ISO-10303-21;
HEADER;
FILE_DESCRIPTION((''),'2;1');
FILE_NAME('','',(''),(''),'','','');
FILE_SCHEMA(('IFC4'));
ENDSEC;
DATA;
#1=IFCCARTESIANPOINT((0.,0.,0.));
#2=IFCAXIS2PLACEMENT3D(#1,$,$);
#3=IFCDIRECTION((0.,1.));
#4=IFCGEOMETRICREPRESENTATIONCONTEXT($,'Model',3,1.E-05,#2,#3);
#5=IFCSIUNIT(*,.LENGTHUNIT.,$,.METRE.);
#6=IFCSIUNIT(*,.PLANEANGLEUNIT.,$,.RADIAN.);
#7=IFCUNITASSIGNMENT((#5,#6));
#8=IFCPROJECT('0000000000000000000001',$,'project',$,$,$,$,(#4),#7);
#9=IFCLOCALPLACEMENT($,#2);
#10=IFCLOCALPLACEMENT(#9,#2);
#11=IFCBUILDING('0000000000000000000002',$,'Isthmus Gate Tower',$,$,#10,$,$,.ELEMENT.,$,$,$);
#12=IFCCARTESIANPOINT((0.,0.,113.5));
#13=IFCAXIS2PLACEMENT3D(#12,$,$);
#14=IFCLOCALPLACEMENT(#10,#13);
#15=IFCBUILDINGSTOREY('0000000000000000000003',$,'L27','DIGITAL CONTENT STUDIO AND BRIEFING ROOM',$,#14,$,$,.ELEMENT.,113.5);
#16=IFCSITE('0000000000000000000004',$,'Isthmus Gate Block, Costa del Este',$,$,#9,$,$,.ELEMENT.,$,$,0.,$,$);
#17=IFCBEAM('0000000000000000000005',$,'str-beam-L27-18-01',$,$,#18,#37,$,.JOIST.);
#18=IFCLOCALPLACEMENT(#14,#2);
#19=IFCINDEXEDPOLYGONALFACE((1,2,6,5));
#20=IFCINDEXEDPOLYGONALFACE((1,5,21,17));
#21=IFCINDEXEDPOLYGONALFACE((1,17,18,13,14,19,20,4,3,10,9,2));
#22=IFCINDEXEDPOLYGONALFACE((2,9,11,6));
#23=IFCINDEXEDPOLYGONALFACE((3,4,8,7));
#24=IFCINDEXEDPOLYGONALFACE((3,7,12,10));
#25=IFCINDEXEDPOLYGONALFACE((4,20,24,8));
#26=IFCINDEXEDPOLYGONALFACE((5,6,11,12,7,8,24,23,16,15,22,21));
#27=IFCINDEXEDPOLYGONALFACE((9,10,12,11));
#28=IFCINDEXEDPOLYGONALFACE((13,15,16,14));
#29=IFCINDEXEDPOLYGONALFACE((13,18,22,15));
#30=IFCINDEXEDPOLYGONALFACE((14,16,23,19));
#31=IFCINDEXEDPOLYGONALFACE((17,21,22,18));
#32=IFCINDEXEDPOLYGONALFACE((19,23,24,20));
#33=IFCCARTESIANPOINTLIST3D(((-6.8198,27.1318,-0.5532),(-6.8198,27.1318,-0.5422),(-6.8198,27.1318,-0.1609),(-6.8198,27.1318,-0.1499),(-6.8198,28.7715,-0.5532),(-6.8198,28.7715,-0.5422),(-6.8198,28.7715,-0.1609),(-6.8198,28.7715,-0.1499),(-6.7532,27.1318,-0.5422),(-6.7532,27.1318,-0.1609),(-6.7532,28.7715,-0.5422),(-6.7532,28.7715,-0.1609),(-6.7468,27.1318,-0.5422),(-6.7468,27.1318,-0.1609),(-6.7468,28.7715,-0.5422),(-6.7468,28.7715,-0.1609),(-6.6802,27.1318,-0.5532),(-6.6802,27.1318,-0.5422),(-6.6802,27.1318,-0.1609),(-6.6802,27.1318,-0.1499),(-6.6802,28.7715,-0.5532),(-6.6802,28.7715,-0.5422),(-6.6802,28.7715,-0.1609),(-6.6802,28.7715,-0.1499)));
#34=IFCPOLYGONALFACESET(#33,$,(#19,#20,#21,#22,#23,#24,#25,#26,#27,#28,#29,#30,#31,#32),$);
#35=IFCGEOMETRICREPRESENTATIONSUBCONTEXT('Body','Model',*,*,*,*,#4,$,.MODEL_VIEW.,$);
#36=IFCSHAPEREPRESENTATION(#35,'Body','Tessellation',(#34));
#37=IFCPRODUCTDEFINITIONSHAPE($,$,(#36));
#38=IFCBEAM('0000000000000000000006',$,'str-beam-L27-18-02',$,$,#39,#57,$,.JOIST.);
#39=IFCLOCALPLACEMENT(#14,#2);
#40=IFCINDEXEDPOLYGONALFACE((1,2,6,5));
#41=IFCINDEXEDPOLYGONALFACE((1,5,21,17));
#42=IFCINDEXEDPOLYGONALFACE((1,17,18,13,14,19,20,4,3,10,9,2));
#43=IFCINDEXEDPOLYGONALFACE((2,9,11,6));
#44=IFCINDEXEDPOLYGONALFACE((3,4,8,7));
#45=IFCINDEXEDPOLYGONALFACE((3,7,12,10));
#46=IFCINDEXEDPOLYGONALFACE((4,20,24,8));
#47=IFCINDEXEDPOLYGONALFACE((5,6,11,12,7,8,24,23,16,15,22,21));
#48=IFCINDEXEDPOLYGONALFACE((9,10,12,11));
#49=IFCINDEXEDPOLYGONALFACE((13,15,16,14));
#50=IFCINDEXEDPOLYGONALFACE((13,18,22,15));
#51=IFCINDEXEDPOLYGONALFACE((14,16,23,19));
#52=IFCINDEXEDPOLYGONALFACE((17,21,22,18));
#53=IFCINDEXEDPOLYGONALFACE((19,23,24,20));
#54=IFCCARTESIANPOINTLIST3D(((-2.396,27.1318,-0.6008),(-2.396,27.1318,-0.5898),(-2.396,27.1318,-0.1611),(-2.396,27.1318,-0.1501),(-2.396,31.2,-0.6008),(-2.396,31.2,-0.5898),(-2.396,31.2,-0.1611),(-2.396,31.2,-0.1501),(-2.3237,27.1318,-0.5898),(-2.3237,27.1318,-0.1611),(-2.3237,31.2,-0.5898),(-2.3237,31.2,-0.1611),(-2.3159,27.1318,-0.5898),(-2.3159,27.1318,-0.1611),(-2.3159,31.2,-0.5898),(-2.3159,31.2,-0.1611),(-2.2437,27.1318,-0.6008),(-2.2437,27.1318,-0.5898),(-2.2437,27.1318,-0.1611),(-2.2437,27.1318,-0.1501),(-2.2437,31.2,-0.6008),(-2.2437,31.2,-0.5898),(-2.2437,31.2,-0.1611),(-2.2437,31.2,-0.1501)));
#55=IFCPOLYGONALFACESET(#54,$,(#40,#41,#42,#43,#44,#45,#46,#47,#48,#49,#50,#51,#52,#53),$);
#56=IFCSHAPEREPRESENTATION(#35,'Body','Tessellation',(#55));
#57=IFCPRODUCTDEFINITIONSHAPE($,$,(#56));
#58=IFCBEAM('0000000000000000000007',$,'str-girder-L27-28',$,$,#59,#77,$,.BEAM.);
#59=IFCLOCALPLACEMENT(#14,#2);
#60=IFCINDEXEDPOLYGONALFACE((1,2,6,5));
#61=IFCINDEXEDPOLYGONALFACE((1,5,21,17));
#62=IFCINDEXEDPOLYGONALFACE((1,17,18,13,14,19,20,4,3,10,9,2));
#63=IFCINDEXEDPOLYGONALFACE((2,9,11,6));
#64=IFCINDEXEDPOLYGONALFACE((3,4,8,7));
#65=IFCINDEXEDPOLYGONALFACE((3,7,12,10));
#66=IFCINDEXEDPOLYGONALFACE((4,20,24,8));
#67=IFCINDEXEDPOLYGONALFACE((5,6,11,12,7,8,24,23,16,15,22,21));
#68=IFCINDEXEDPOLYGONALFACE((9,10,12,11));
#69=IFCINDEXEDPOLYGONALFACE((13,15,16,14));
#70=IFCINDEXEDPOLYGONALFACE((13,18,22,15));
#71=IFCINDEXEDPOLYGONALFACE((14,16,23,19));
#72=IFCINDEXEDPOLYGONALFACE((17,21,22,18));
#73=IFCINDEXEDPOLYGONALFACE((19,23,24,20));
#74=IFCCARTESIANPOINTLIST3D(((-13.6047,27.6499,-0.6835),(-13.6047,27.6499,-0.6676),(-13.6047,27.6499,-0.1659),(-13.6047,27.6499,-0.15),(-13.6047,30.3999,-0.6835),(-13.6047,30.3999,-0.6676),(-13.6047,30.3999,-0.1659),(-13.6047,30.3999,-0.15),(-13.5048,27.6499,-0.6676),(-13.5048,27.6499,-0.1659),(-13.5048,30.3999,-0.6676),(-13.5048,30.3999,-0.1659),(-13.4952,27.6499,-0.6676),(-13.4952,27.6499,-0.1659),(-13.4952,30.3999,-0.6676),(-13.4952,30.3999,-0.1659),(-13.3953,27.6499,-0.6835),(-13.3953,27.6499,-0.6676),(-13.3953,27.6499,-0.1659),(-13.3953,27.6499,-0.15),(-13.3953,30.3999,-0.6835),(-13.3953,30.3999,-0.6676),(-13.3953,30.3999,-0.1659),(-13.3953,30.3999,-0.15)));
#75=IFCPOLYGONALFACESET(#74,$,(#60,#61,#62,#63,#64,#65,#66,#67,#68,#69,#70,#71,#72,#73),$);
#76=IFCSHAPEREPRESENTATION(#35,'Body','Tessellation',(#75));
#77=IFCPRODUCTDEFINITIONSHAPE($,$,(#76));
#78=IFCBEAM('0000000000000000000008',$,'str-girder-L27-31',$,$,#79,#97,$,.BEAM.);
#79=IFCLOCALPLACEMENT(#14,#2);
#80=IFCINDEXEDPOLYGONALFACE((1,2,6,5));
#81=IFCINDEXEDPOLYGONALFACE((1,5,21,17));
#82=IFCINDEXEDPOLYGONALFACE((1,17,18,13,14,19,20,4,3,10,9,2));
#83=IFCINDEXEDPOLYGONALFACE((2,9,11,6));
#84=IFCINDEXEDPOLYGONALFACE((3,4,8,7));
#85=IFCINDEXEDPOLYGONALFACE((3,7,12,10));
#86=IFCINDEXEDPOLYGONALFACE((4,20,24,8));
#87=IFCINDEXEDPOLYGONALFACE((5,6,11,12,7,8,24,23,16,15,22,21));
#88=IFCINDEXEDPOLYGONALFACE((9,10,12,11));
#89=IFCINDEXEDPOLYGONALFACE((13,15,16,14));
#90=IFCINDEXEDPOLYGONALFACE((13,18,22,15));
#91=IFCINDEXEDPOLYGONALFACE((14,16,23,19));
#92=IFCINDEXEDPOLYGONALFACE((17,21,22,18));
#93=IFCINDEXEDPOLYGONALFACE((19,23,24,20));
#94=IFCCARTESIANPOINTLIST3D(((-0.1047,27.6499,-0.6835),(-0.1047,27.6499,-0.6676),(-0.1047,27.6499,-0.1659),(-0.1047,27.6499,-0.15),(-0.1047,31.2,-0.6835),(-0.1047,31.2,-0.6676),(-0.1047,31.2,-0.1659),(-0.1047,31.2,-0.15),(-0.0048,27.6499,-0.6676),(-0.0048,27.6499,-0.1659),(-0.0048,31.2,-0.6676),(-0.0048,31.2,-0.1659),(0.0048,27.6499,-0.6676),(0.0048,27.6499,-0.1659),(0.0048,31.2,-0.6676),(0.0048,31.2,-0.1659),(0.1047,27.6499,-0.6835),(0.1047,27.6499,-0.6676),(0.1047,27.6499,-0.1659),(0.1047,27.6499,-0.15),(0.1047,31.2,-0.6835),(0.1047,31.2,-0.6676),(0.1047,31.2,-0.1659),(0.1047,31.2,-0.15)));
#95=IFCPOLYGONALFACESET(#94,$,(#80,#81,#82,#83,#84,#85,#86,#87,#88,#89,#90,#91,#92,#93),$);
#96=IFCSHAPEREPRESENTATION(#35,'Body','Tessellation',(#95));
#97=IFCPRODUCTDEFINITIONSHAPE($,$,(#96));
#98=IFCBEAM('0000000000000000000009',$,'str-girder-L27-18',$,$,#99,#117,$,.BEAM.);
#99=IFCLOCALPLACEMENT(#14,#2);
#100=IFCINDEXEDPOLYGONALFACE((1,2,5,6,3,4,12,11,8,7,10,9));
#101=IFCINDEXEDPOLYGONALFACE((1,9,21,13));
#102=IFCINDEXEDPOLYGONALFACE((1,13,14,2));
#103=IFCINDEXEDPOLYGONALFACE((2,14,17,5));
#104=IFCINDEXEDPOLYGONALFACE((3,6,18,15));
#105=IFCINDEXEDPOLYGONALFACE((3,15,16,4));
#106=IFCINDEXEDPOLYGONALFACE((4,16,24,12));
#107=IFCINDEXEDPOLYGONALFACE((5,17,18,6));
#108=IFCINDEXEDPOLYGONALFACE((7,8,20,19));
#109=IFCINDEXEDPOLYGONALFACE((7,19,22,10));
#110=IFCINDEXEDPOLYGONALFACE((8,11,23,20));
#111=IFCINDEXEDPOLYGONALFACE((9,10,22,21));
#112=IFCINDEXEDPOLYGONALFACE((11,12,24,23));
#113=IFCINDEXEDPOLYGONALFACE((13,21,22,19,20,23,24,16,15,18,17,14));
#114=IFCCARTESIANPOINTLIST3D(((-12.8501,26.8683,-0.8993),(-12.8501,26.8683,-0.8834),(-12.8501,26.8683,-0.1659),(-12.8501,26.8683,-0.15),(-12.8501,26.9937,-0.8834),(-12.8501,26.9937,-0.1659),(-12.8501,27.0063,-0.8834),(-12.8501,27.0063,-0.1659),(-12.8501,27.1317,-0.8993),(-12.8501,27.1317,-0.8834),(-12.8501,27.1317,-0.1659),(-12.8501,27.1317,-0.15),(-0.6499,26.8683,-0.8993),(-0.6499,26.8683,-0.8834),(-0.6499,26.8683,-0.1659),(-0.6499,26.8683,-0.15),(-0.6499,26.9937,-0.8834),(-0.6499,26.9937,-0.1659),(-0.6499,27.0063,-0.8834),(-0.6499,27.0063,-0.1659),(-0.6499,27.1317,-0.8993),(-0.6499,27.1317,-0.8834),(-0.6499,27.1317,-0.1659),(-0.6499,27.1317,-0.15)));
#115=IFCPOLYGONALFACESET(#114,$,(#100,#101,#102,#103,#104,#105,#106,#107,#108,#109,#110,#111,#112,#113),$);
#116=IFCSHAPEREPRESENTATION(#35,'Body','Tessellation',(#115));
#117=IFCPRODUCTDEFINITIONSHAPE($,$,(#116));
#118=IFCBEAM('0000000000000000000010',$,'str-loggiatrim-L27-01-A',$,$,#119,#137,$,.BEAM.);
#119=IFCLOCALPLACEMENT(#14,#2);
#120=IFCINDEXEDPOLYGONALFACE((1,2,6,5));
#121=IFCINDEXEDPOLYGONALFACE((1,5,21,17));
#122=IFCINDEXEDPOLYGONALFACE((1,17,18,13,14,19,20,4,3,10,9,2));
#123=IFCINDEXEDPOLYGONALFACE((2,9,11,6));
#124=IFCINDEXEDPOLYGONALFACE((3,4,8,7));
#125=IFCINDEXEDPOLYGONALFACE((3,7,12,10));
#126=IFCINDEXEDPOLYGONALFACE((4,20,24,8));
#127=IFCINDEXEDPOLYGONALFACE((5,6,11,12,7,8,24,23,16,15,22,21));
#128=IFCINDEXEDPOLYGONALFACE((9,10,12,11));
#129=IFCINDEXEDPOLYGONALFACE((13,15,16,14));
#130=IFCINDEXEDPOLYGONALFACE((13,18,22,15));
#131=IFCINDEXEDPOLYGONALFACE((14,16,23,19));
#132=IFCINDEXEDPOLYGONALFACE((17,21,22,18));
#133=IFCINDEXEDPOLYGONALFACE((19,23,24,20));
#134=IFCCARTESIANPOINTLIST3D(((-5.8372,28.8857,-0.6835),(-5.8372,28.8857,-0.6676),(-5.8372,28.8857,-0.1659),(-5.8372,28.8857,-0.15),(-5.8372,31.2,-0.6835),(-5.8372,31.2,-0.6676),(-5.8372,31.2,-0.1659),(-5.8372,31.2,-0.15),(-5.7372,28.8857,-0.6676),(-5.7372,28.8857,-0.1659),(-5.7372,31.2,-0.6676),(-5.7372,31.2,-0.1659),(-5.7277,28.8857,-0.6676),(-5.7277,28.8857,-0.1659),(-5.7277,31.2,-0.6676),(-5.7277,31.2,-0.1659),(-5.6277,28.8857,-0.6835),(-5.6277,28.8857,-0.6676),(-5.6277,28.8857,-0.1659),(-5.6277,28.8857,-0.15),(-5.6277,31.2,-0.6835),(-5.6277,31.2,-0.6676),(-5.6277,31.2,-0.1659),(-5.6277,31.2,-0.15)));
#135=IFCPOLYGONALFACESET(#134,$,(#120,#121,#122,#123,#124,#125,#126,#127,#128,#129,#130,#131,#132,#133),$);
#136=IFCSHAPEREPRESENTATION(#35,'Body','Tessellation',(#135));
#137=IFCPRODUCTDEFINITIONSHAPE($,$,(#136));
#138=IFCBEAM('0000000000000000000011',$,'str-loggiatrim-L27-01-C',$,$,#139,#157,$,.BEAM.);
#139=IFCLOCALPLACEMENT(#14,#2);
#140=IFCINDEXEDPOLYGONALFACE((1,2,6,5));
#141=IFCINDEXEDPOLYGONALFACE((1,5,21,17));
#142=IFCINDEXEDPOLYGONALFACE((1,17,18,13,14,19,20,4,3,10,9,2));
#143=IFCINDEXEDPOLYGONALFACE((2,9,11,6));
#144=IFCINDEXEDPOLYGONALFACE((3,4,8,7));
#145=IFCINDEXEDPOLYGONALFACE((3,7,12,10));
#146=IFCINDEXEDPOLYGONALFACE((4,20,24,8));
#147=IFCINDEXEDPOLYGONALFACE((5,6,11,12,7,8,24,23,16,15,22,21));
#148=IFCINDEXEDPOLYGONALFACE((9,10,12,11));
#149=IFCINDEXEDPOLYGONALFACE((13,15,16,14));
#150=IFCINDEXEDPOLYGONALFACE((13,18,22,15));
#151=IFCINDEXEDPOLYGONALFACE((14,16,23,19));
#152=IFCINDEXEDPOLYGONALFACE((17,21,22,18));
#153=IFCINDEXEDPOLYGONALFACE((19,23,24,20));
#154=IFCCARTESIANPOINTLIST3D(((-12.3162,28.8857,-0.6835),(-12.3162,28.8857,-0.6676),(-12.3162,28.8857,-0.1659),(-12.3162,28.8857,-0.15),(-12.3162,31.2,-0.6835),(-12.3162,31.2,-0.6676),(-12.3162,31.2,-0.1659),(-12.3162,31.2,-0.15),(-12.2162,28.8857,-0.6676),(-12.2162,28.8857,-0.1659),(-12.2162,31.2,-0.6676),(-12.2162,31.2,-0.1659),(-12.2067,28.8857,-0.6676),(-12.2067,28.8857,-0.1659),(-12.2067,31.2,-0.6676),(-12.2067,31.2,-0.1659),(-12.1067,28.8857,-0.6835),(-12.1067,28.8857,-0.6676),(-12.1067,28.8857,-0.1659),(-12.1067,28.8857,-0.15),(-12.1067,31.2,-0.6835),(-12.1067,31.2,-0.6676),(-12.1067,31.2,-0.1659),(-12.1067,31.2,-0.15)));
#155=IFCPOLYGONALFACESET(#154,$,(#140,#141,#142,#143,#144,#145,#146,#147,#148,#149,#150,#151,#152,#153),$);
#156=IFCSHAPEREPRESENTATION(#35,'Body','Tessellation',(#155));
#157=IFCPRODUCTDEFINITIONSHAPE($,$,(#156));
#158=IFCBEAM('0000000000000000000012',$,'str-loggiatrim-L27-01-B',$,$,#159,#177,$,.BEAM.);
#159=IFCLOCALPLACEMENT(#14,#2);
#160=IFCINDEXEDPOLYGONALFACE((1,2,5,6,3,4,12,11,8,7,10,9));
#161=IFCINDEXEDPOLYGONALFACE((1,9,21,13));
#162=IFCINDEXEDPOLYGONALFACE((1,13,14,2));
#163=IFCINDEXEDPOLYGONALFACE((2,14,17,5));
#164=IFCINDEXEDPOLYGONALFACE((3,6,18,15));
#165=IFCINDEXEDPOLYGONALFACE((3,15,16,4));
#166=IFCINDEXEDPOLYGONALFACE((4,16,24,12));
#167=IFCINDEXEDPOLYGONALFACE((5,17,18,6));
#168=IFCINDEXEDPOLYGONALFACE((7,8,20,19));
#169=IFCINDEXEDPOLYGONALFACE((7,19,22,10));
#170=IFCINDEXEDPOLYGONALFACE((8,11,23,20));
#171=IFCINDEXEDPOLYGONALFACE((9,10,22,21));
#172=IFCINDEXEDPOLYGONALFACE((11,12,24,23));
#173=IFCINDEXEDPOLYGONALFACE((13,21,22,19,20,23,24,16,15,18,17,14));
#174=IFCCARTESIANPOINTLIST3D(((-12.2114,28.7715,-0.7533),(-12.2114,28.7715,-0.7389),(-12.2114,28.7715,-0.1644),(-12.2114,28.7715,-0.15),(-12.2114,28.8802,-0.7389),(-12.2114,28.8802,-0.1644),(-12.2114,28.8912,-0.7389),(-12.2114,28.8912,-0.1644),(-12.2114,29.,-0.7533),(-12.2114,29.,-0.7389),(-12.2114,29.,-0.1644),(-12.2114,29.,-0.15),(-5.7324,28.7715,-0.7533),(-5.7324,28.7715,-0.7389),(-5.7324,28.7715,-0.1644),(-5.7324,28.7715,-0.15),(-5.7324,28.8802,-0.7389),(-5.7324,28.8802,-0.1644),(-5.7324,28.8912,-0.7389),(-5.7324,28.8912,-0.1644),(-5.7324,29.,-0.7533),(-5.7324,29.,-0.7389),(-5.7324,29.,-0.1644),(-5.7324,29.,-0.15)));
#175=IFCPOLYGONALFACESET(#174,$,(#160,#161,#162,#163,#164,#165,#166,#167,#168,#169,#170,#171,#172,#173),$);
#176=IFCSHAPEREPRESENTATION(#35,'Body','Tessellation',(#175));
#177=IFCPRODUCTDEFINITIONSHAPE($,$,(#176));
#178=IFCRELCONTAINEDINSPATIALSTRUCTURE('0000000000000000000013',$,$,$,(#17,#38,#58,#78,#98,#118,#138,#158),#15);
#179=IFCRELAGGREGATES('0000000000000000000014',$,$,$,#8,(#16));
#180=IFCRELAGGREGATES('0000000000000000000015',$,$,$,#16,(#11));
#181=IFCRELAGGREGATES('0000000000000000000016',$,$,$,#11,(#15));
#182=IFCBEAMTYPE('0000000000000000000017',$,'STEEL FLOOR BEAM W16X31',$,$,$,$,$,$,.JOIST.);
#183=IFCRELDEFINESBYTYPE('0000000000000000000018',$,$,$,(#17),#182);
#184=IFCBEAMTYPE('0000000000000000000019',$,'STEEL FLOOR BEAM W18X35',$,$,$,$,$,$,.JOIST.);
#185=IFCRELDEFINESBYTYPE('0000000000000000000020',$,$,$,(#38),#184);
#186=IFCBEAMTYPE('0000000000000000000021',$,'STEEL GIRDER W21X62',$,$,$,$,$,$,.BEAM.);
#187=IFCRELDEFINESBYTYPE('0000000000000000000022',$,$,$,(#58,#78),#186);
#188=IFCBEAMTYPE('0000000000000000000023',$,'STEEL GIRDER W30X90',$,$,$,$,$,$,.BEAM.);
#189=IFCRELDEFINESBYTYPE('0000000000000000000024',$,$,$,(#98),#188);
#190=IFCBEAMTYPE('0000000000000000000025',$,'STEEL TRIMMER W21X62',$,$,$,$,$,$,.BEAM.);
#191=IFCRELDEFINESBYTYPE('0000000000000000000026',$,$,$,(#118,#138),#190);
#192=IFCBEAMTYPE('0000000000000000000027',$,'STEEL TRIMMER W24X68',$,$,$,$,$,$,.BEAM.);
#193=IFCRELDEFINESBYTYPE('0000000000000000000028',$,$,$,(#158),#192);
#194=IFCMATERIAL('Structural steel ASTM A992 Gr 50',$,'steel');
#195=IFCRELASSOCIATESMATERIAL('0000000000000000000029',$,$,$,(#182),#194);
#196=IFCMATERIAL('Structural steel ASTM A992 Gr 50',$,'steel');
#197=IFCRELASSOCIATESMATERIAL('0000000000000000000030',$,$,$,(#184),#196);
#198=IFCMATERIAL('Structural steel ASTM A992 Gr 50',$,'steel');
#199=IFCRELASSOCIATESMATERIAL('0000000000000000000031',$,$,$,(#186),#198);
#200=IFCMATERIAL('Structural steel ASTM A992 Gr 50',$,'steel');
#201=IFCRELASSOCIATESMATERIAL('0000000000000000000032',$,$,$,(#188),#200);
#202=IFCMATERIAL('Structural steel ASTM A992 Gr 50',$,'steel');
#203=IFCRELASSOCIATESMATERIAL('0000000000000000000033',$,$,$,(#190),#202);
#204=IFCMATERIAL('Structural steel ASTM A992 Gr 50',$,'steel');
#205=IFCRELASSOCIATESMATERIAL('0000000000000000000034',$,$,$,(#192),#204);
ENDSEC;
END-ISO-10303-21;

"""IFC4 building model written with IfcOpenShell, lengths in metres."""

from ifc_helpers import new_model, si_unit, direction, frame, origin, origin_2d, place, context, subcontext, project, spatial, i_section, extrude, material, material_profile, profile_set, type_object, element, save


model = new_model("IFC4")

# Units and contexts
model_context = context("Model", 3, precision=1e-05, world=origin(), true_north=direction((0.0, 1.0)))
body_context = subcontext(model_context, "Body", "Model", "MODEL_VIEW")
ifc_project = project(units=[si_unit("LENGTHUNIT", "METRE"), si_unit("PLANEANGLEUNIT", "RADIAN")], contexts=[model_context])

# Site, building, storey
site_placement = place(None, origin())
site = spatial("IfcSite", under=ifc_project, at=site_placement, Name="Isthmus Gate Block, Costa del Este", CompositionType="ELEMENT", RefElevation=0.0)
building_placement = place(site_placement, origin())
building = spatial("IfcBuilding", under=site, at=building_placement, Name="Isthmus Gate Tower", CompositionType="ELEMENT")
storey_placement = place(building_placement, frame((0.0, 0.0, 113.5)))
storey = spatial("IfcBuildingStorey", under=building, at=storey_placement, Name="L27", Description="DIGITAL CONTENT STUDIO AND BRIEFING ROOM", CompositionType="ELEMENT", Elevation=113.5)

# Beams
ifc_material_1 = material(Name="Structural steel ASTM A992 Gr 50", Category="steel")
ifc_material_profile_1 = material_profile(ifc_material_1, i_section(OverallWidth=0.1396, OverallDepth=0.4033, WebThickness=0.0063, FlangeThickness=0.011, at=origin_2d()), Name="W16X31")
ifc_profile_set_1 = profile_set([ifc_material_profile_1], Name="Structural steel ASTM A992 Gr 50")
beam_type_1 = type_object("IfcBeamType", Name="STEEL FLOOR BEAM W16X31", PredefinedType="JOIST", material=ifc_profile_set_1)
for number, where, z_axis, x_axis, name in (
    (1, (-6.75, 27.1318, -0.3516), (0.0, 1.0, 0.0), (-1.0, 0.0, 0.0), "str-beam-L27-18-01"),
):
    element("IfcBeam", number, at=place(storey_placement, frame(where, z_axis=z_axis, x_axis=x_axis)), inside=storey, type_object=beam_type_1, Name=name, PredefinedType="JOIST", context=body_context, shape_type="SweptSolid", body=[
        extrude(i_section(OverallWidth=0.1396, OverallDepth=0.4033, WebThickness=0.0063, FlangeThickness=0.011, at=origin_2d()), origin(), (0.0, 0.0, 1.0), 1.6396),
    ])
ifc_material_2 = material(Name="Structural steel ASTM A992 Gr 50", Category="steel")
ifc_material_profile_2 = material_profile(ifc_material_2, i_section(OverallWidth=0.1523, OverallDepth=0.4507, WebThickness=0.0078, FlangeThickness=0.011, at=origin_2d()), Name="W18X35")
ifc_profile_set_2 = profile_set([ifc_material_profile_2], Name="Structural steel ASTM A992 Gr 50")
beam_type_2 = type_object("IfcBeamType", Name="STEEL FLOOR BEAM W18X35", PredefinedType="JOIST", material=ifc_profile_set_2)
beam_1_placement = place(storey_placement, frame((-2.3198, 27.1318, -0.3755), z_axis=(0.0, 1.0, 0.0), x_axis=(-1.0, 0.0, 0.0)))
element("IfcBeam", 2, at=beam_1_placement, inside=storey, type_object=beam_type_2, Name="str-beam-L27-18-02", PredefinedType="JOIST", context=body_context, shape_type="SweptSolid", body=[
    extrude(i_section(OverallWidth=0.1523, OverallDepth=0.4507, WebThickness=0.0078, FlangeThickness=0.011, at=origin_2d()), origin(), (0.0, 0.0, 1.0), 4.0681),
])
ifc_material_3 = material(Name="Structural steel ASTM A992 Gr 50", Category="steel")
ifc_material_profile_3 = material_profile(ifc_material_3, i_section(OverallWidth=0.2095, OverallDepth=0.5334, WebThickness=0.0095, FlangeThickness=0.0159, at=origin_2d()), Name="W21X62")
ifc_profile_set_3 = profile_set([ifc_material_profile_3], Name="Structural steel ASTM A992 Gr 50")
beam_type_3 = type_object("IfcBeamType", Name="STEEL GIRDER W21X62", PredefinedType="BEAM", material=ifc_profile_set_3)
beam_2_placement = place(storey_placement, frame((-13.5, 27.6499, -0.4167), z_axis=(0.0, 1.0, 0.0), x_axis=(-1.0, 0.0, 0.0)))
element("IfcBeam", 3, at=beam_2_placement, inside=storey, type_object=beam_type_3, Name="str-girder-L27-28", PredefinedType="BEAM", context=body_context, shape_type="SweptSolid", body=[
    extrude(i_section(OverallWidth=0.2095, OverallDepth=0.5334, WebThickness=0.0095, FlangeThickness=0.0159, at=origin_2d()), origin(), (0.0, 0.0, 1.0), 2.75),
])
beam_3_placement = place(storey_placement, frame((0.0, 27.6499, -0.4167), z_axis=(0.0, 1.0, 0.0), x_axis=(-1.0, 0.0, 0.0)))
element("IfcBeam", 4, at=beam_3_placement, inside=storey, type_object=beam_type_3, Name="str-girder-L27-31", PredefinedType="BEAM", context=body_context, shape_type="SweptSolid", body=[
    extrude(i_section(OverallWidth=0.2095, OverallDepth=0.5334, WebThickness=0.0095, FlangeThickness=0.0159, at=origin_2d()), origin(), (0.0, 0.0, 1.0), 3.55),
])
ifc_material_4 = material(Name="Structural steel ASTM A992 Gr 50", Category="steel")
ifc_material_profile_4 = material_profile(ifc_material_4, i_section(OverallWidth=0.2634, OverallDepth=0.7493, WebThickness=0.0127, FlangeThickness=0.0159, at=origin_2d()), Name="W30X90")
ifc_profile_set_4 = profile_set([ifc_material_profile_4], Name="Structural steel ASTM A992 Gr 50")
beam_type_4 = type_object("IfcBeamType", Name="STEEL GIRDER W30X90", PredefinedType="BEAM", material=ifc_profile_set_4)
beam_4_placement = place(storey_placement, frame((-12.8501, 27.0, -0.5247), z_axis=(1.0, 0.0, 0.0), x_axis=(0.0, 1.0, 0.0)))
element("IfcBeam", 5, at=beam_4_placement, inside=storey, type_object=beam_type_4, Name="str-girder-L27-18", PredefinedType="BEAM", context=body_context, shape_type="SweptSolid", body=[
    extrude(i_section(OverallWidth=0.2634, OverallDepth=0.7493, WebThickness=0.0127, FlangeThickness=0.0159, at=origin_2d()), origin(), (0.0, 0.0, 1.0), 12.2002),
])
ifc_material_5 = material(Name="Structural steel ASTM A992 Gr 50", Category="steel")
ifc_material_profile_5 = material_profile(ifc_material_5, i_section(OverallWidth=0.2095, OverallDepth=0.5334, WebThickness=0.0095, FlangeThickness=0.0159, at=origin_2d()), Name="W21X62")
ifc_profile_set_5 = profile_set([ifc_material_profile_5], Name="Structural steel ASTM A992 Gr 50")
beam_type_5 = type_object("IfcBeamType", Name="STEEL TRIMMER W21X62", PredefinedType="BEAM", material=ifc_profile_set_5)
for number, where, z_axis, x_axis, name in (
    (6, (-5.7324, 31.2, -0.4167), (0.0, -1.0, 0.0), (1.0, 0.0, 0.0), "str-loggiatrim-L27-01-A"),
    (7, (-12.2114, 31.2, -0.4167), (0.0, -1.0, 0.0), (1.0, 0.0, 0.0), "str-loggiatrim-L27-01-C"),
):
    element("IfcBeam", number, at=place(storey_placement, frame(where, z_axis=z_axis, x_axis=x_axis)), inside=storey, type_object=beam_type_5, Name=name, PredefinedType="BEAM", context=body_context, shape_type="SweptSolid", body=[
        extrude(i_section(OverallWidth=0.2095, OverallDepth=0.5334, WebThickness=0.0095, FlangeThickness=0.0159, at=origin_2d()), origin(), (0.0, 0.0, 1.0), 2.3142),
    ])
ifc_material_6 = material(Name="Structural steel ASTM A992 Gr 50", Category="steel")
ifc_material_profile_6 = material_profile(ifc_material_6, i_section(OverallWidth=0.2285, OverallDepth=0.6033, WebThickness=0.011, FlangeThickness=0.0144, at=origin_2d()), Name="W24X68")
ifc_profile_set_6 = profile_set([ifc_material_profile_6], Name="Structural steel ASTM A992 Gr 50")
beam_type_6 = type_object("IfcBeamType", Name="STEEL TRIMMER W24X68", PredefinedType="BEAM", material=ifc_profile_set_6)
beam_5_placement = place(storey_placement, frame((-5.7324, 28.8857, -0.4517), z_axis=(-1.0, 0.0, 0.0), x_axis=(0.0, -1.0, 0.0)))
element("IfcBeam", 8, at=beam_5_placement, inside=storey, type_object=beam_type_6, Name="str-loggiatrim-L27-01-B", PredefinedType="BEAM", context=body_context, shape_type="SweptSolid", body=[
    extrude(i_section(OverallWidth=0.2285, OverallDepth=0.6033, WebThickness=0.011, FlangeThickness=0.0144, at=origin_2d()), origin(), (0.0, 0.0, 1.0), 6.479),
])

save(model, "model.ifc")
